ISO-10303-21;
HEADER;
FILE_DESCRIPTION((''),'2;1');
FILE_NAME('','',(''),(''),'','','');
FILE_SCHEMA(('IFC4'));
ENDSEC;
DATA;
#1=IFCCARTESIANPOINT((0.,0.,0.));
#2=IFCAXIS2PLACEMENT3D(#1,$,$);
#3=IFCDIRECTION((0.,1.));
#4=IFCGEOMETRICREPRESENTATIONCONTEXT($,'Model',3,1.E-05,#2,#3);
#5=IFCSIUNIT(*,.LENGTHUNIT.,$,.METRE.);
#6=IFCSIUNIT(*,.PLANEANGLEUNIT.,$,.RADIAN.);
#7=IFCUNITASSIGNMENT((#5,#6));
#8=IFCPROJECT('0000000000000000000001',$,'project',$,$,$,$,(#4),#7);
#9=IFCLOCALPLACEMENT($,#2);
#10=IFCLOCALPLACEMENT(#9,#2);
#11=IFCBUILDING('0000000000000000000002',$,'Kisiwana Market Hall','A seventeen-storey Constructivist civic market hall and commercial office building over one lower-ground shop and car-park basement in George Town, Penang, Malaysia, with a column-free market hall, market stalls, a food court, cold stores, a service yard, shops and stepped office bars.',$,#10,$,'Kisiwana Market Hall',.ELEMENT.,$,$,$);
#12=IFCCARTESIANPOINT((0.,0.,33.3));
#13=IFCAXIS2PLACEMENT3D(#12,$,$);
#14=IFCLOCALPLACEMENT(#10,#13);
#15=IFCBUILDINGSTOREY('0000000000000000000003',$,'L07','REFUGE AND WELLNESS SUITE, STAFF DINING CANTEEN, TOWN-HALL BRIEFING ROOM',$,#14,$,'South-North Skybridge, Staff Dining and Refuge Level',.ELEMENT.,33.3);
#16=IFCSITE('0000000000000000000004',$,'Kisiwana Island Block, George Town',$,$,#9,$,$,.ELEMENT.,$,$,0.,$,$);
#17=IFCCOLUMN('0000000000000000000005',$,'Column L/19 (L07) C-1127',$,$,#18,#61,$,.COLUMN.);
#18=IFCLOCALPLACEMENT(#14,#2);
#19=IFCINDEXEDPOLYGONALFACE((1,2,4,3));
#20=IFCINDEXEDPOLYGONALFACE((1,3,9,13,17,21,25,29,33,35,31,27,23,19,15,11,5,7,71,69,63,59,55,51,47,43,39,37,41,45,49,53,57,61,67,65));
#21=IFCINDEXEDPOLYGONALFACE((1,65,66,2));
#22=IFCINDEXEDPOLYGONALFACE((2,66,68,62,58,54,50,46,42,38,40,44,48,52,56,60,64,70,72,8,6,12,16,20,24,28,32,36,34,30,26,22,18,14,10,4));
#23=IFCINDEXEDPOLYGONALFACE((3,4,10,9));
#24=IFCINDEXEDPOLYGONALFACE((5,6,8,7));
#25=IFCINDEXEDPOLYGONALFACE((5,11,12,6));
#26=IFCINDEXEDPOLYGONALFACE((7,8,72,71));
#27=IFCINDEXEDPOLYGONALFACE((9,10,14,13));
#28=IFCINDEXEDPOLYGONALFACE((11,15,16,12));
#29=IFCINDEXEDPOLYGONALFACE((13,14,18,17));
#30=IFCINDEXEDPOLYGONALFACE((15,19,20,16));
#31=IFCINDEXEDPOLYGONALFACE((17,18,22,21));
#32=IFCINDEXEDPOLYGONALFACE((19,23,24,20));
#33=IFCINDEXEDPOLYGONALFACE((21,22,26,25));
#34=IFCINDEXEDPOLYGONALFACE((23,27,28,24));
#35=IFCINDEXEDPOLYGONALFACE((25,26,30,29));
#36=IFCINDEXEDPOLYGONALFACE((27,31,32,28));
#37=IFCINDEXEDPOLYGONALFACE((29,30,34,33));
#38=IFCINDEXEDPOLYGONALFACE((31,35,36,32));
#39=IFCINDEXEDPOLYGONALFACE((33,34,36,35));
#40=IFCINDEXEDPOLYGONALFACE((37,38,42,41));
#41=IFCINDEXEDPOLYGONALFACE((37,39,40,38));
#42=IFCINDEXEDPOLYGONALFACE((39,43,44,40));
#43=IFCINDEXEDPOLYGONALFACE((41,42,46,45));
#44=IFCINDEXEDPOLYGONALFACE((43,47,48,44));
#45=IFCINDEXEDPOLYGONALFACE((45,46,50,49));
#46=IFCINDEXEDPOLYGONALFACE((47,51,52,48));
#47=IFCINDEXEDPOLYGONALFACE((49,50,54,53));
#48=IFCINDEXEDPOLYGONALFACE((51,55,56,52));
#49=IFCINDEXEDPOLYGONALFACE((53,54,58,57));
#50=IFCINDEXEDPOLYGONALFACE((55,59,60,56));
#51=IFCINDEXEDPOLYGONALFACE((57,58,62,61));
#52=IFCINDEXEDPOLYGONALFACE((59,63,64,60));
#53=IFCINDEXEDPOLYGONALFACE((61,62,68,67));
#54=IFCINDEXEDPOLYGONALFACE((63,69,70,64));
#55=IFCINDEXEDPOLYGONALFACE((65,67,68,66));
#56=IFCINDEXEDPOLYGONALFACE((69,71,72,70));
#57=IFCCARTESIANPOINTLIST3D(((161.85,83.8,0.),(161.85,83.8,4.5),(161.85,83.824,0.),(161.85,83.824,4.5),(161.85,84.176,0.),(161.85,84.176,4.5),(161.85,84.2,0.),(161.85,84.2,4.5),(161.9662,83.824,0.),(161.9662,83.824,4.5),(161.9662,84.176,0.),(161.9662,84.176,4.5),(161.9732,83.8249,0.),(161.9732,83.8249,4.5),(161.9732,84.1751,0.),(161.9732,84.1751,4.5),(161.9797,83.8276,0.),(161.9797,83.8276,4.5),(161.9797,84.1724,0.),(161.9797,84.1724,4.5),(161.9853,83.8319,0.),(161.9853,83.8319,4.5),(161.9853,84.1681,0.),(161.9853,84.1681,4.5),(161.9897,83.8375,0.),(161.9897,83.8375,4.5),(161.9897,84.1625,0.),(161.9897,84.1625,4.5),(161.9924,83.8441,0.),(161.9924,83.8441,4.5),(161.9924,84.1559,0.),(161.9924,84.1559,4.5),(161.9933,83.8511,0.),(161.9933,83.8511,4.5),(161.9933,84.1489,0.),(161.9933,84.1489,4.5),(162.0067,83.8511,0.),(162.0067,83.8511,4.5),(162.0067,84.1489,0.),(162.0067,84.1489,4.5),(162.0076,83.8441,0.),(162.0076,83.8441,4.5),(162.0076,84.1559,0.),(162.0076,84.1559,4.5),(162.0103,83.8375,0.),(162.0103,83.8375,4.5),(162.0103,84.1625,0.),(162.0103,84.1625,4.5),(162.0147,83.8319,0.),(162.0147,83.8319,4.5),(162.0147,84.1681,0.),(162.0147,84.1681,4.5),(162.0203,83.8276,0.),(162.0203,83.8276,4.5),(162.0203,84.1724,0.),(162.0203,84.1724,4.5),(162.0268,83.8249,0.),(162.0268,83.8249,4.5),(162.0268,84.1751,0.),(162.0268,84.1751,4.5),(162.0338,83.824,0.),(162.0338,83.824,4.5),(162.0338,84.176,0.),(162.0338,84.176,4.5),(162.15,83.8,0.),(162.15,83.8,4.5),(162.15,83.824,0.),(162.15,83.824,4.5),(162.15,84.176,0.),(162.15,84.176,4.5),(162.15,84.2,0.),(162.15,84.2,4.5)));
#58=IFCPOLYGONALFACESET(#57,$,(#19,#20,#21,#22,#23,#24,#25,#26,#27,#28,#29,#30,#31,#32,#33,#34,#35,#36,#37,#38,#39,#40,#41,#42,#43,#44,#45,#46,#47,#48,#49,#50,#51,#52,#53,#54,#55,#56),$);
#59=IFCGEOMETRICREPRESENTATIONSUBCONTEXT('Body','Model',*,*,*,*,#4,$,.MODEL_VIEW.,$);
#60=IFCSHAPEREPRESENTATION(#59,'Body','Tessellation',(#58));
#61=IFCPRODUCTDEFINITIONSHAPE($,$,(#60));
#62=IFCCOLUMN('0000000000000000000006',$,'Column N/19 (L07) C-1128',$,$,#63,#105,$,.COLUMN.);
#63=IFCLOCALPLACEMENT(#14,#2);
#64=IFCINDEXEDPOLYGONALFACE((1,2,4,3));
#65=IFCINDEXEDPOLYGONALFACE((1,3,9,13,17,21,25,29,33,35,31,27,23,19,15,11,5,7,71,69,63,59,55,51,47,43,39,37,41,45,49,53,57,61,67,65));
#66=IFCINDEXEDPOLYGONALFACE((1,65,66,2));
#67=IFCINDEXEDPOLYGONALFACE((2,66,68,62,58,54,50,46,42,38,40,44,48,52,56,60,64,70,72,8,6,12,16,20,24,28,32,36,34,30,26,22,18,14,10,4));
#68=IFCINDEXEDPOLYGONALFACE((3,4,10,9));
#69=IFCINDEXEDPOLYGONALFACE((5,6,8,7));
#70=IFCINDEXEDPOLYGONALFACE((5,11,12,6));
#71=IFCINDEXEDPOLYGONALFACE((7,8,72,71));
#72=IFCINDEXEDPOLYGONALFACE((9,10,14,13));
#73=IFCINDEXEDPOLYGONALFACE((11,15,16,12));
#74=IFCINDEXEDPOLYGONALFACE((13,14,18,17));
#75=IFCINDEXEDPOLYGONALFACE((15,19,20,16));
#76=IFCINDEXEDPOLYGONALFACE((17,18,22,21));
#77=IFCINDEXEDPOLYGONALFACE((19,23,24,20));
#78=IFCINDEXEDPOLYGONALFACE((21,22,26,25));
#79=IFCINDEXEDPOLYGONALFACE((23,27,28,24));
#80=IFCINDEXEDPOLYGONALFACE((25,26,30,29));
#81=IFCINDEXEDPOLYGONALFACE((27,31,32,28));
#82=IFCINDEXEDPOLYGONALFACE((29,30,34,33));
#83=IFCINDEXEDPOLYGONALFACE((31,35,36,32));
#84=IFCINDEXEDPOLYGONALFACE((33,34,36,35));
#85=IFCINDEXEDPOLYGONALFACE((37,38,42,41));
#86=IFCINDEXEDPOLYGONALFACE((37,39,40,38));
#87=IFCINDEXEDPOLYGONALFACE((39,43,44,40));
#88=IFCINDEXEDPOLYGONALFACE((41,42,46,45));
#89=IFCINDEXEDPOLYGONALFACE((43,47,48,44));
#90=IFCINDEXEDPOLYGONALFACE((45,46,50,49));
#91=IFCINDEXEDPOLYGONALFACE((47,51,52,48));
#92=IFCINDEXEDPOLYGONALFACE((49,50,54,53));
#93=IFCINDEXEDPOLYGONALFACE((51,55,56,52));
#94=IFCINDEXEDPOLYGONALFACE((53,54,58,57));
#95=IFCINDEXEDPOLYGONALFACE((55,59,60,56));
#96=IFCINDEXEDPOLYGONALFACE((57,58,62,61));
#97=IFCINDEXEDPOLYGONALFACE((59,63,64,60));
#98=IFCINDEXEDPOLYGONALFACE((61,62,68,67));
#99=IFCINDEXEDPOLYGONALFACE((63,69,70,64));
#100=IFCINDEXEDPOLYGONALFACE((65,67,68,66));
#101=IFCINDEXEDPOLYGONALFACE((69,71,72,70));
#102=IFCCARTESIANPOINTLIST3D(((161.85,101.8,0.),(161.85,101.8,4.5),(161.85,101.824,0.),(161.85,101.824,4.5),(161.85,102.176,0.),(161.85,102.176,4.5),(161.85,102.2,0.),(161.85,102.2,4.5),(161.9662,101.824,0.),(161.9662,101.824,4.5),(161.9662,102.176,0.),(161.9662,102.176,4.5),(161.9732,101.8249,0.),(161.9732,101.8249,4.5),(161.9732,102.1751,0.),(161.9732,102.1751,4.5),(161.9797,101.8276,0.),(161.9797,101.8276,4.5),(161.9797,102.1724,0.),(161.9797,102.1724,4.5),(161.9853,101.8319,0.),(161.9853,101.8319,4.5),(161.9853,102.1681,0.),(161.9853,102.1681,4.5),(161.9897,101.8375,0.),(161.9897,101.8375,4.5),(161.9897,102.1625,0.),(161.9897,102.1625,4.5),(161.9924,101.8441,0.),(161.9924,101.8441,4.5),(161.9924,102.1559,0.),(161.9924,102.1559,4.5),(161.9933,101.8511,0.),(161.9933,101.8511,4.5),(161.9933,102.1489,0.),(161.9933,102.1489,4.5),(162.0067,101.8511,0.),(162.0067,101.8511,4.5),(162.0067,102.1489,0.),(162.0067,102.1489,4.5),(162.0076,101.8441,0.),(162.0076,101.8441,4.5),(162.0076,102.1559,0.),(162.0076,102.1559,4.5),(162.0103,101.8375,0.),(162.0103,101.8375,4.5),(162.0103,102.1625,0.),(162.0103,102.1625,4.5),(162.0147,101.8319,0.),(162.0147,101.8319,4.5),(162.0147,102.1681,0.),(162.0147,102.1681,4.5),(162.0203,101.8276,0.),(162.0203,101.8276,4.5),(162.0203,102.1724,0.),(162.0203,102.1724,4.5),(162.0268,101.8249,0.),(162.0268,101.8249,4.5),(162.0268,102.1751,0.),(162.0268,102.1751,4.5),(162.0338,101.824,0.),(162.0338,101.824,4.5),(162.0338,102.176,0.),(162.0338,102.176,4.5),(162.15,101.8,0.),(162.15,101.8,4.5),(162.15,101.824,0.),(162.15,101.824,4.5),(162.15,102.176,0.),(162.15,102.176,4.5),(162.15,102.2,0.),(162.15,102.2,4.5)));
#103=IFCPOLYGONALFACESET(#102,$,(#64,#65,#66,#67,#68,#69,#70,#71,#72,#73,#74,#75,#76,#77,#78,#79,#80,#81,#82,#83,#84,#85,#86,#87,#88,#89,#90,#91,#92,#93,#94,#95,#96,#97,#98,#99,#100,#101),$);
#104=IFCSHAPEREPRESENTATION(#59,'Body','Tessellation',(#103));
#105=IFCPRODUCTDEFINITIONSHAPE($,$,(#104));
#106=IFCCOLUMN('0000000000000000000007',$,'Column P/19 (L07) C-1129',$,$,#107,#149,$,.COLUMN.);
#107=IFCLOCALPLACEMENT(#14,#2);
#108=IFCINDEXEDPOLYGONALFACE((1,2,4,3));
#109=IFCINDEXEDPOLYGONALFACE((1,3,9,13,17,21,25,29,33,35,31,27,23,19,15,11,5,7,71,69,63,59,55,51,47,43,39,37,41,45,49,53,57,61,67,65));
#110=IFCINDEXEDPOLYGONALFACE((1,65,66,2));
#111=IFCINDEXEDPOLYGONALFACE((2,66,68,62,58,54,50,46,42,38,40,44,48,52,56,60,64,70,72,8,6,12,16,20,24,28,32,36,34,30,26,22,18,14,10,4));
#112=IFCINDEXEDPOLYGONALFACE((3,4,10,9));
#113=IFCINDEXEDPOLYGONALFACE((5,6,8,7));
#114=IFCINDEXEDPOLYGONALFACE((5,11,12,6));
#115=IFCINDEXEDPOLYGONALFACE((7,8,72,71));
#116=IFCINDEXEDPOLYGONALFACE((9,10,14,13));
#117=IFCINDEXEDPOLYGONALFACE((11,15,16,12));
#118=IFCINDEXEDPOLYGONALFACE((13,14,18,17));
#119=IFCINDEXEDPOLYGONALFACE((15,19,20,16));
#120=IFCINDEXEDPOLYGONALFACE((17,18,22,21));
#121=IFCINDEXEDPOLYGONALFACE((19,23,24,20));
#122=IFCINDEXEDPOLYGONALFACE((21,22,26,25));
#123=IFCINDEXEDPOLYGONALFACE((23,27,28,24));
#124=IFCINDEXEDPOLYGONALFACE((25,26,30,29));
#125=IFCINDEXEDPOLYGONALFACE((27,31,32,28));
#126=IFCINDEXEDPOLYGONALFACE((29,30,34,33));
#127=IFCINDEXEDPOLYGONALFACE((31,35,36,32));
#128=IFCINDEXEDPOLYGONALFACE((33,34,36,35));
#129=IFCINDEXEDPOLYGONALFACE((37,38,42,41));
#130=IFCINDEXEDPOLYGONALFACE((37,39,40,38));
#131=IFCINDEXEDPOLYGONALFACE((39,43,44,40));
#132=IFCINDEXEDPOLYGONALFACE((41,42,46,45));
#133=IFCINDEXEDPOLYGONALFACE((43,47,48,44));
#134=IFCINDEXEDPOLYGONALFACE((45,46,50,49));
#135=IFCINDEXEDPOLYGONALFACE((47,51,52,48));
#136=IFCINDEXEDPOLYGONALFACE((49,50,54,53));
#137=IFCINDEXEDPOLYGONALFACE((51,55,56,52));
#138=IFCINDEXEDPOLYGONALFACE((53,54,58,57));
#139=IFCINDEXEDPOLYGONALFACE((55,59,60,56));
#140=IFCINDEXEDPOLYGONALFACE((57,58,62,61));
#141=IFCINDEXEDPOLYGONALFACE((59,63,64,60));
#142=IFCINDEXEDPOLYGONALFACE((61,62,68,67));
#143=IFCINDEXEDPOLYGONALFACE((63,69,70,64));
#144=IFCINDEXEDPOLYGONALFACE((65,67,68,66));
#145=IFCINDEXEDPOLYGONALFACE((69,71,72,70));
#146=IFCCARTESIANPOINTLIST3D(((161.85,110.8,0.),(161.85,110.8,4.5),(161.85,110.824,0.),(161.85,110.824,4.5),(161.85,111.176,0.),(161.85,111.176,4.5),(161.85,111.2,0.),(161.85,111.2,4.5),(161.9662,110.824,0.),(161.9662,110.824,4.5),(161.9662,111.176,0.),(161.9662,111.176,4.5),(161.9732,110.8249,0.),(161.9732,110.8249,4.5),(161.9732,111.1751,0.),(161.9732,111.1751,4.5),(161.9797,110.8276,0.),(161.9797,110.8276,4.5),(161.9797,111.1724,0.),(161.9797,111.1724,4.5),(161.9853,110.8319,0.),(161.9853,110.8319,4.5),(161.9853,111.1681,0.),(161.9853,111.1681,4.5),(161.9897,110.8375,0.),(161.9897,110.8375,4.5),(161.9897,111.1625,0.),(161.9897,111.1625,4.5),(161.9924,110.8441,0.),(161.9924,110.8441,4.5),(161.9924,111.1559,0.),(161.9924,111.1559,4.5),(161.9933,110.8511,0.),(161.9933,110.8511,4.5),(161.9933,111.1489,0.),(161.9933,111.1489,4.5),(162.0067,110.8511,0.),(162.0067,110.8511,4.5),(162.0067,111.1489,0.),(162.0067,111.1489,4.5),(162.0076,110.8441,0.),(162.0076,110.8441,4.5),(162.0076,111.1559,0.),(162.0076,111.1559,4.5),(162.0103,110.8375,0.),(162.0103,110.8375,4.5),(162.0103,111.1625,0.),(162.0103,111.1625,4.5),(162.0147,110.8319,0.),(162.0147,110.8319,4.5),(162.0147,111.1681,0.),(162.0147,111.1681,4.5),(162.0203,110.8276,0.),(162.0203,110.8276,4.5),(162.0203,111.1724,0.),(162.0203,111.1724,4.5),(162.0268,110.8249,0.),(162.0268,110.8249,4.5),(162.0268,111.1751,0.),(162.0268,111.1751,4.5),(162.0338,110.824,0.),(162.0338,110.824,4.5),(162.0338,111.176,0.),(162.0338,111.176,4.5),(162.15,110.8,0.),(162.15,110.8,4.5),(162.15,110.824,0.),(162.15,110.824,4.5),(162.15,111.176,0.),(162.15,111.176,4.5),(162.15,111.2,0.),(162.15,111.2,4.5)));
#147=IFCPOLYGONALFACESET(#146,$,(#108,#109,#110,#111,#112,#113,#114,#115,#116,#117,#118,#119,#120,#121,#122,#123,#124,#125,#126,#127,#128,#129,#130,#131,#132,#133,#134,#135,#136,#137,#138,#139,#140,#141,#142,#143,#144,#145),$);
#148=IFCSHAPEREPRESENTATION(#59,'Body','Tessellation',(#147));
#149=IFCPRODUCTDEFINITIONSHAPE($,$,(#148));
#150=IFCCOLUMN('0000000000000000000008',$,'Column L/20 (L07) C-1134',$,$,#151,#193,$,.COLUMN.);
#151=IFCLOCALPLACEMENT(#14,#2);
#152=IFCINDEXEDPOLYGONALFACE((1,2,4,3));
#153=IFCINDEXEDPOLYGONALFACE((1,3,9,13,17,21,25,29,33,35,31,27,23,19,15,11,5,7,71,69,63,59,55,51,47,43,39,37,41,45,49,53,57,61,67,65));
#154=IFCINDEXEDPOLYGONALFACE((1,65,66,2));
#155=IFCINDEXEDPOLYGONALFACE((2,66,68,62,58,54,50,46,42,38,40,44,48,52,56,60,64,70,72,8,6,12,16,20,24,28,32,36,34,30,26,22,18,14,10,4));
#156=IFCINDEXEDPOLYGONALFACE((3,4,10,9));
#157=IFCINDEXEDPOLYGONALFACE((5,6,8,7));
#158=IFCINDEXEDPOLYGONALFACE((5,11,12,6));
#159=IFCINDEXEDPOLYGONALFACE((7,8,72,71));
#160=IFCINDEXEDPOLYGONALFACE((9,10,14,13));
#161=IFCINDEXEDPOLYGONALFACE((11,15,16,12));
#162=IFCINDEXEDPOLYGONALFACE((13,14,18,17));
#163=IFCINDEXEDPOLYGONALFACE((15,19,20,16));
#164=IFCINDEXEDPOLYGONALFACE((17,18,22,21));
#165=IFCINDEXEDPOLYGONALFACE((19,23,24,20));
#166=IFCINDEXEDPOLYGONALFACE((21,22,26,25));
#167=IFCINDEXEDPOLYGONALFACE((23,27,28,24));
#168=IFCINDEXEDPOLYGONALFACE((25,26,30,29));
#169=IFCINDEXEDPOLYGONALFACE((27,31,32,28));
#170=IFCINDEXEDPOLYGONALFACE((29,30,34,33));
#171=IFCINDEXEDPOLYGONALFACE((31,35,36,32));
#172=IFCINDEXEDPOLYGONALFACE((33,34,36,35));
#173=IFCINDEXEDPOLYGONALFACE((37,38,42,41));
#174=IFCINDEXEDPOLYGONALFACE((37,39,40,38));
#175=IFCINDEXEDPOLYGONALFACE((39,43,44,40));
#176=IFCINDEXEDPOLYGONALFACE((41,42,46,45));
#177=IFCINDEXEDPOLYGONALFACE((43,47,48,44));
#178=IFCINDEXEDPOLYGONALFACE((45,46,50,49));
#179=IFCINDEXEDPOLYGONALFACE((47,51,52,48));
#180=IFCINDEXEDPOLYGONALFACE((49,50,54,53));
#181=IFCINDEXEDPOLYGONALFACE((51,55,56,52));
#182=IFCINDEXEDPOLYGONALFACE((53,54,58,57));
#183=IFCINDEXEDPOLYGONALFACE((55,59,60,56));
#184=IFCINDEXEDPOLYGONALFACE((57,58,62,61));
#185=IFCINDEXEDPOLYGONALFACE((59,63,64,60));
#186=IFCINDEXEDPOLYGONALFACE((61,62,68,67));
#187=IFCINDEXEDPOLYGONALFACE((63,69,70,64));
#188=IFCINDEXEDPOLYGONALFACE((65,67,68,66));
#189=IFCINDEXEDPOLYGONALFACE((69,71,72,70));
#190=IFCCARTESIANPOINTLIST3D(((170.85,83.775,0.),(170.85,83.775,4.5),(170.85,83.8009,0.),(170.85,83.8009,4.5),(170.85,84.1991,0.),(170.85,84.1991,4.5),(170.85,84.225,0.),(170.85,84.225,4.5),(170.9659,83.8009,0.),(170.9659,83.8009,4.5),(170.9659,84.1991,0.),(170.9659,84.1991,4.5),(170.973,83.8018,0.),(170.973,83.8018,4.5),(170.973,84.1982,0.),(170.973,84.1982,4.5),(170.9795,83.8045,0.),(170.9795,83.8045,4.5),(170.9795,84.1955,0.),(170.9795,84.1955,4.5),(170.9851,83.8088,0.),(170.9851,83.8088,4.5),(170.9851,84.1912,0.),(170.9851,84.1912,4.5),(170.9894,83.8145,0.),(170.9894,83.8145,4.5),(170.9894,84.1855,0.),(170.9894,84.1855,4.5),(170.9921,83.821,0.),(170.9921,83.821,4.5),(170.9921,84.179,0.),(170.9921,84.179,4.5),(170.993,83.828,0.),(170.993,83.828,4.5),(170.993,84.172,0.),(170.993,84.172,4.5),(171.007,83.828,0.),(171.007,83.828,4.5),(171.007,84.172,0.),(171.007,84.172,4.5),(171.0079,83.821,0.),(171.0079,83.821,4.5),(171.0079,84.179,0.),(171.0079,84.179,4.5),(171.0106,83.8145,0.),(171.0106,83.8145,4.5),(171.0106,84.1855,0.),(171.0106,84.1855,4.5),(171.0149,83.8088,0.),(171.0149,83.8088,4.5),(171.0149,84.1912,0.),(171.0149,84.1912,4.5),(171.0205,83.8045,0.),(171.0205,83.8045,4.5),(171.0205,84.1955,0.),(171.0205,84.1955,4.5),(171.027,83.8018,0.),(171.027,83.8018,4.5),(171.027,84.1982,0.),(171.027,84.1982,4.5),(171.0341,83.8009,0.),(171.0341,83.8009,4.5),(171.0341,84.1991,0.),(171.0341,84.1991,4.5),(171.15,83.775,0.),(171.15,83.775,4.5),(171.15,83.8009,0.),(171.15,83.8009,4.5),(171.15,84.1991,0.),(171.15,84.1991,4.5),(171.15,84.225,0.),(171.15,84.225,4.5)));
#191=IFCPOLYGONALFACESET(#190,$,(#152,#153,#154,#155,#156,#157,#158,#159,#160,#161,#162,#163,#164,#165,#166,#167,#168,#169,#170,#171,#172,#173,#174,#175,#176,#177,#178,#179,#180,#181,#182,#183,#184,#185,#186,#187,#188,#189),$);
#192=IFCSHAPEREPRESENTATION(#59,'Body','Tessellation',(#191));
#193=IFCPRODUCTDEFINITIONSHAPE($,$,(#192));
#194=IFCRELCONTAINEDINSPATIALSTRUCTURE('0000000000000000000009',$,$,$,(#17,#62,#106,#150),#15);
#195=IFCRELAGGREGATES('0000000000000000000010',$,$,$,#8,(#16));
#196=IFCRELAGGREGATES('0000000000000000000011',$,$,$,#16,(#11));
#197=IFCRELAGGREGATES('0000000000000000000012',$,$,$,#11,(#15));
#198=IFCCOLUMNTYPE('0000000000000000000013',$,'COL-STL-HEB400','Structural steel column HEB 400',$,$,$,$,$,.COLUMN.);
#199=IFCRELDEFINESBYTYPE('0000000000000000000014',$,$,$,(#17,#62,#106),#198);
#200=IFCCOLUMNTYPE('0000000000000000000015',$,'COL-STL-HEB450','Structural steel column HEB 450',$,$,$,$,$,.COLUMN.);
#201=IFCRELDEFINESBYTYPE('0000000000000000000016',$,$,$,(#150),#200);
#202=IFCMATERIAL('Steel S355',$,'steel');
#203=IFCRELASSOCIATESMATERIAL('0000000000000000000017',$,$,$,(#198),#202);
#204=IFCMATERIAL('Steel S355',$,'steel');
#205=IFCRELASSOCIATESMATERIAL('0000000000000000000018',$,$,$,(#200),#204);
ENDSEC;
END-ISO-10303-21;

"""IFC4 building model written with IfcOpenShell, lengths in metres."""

from ifc_helpers import new_model, si_unit, direction, frame, origin, origin_2d, place, context, subcontext, project, spatial, i_section, extrude, material, material_profile, profile_set, type_object, element, save


model = new_model("IFC4")

# Units and contexts
model_context = context("Model", 3, precision=1e-05, world=origin(), true_north=direction((0.0, 1.0)))
body_context = subcontext(model_context, "Body", "Model", "MODEL_VIEW")
ifc_project = project(units=[si_unit("LENGTHUNIT", "METRE"), si_unit("PLANEANGLEUNIT", "RADIAN")], contexts=[model_context])

# Site, building, storey
site_placement = place(None, origin())
site = spatial("IfcSite", under=ifc_project, at=site_placement, Name="Kisiwana Island Block, George Town", CompositionType="ELEMENT", RefElevation=0.0)
building_placement = place(site_placement, origin())
building = spatial("IfcBuilding", under=site, at=building_placement, Name="Kisiwana Market Hall", Description="A seventeen-storey Constructivist civic market hall and commercial office building over one lower-ground shop and car-park basement in George Town, Penang, Malaysia, with a column-free market hall, market stalls, a food court, cold stores, a service yard, shops and stepped office bars.", LongName="Kisiwana Market Hall", CompositionType="ELEMENT")
storey_placement = place(building_placement, frame((0.0, 0.0, 33.3)))
storey = spatial("IfcBuildingStorey", under=building, at=storey_placement, Name="L07", Description="REFUGE AND WELLNESS SUITE, STAFF DINING CANTEEN, TOWN-HALL BRIEFING ROOM", LongName="South-North Skybridge, Staff Dining and Refuge Level", CompositionType="ELEMENT", Elevation=33.3)

# Columns
ifc_material_1 = material(Name="Steel S355", Category="steel")
ifc_material_profile_1 = material_profile(ifc_material_1, i_section(OverallWidth=0.3, OverallDepth=0.3999, WebThickness=0.0134, FlangeThickness=0.0239, FilletRadius=0.0271, at=origin_2d()), Name="HEB 400")
ifc_profile_set_1 = profile_set([ifc_material_profile_1], Name="Steel S355")
column_type_1 = type_object("IfcColumnType", Name="COL-STL-HEB400", Description="Structural steel column HEB 400", PredefinedType="COLUMN", material=ifc_profile_set_1)
for number, where, z_axis, x_axis, name in (
    (1, (162.0, 84.0, 0.0), (0.0, 0.0, 1.0), (1.0, 0.0, 0.0), "Column L/19 (L07) C-1127"),
    (2, (162.0, 102.0, 0.0), (0.0, 0.0, 1.0), (1.0, 0.0, 0.0), "Column N/19 (L07) C-1128"),
    (3, (162.0, 111.0, 0.0), (0.0, 0.0, 1.0), (1.0, 0.0, 0.0), "Column P/19 (L07) C-1129"),
):
    element("IfcColumn", number, at=place(storey_placement, frame(where, z_axis=z_axis, x_axis=x_axis)), inside=storey, type_object=column_type_1, Name=name, PredefinedType="COLUMN", context=body_context, shape_type="SweptSolid", body=[
        extrude(i_section(OverallWidth=0.3, OverallDepth=0.3999, WebThickness=0.0134, FlangeThickness=0.0239, FilletRadius=0.0271, at=origin_2d()), origin(), (0.0, 0.0, 1.0), 4.5),
    ])
ifc_material_2 = material(Name="Steel S355", Category="steel")
ifc_material_profile_2 = material_profile(ifc_material_2, i_section(OverallWidth=0.3, OverallDepth=0.45, WebThickness=0.0139, FlangeThickness=0.0259, FilletRadius=0.0271, at=origin_2d()), Name="HEB 450")
ifc_profile_set_2 = profile_set([ifc_material_profile_2], Name="Steel S355")
column_type_2 = type_object("IfcColumnType", Name="COL-STL-HEB450", Description="Structural steel column HEB 450", PredefinedType="COLUMN", material=ifc_profile_set_2)
for number, where, z_axis, x_axis, name in (
    (4, (171.0, 84.0, 0.0), (0.0, 0.0, 1.0), (1.0, 0.0, 0.0), "Column L/20 (L07) C-1134"),
):
    element("IfcColumn", number, at=place(storey_placement, frame(where, z_axis=z_axis, x_axis=x_axis)), inside=storey, type_object=column_type_2, Name=name, PredefinedType="COLUMN", context=body_context, shape_type="SweptSolid", body=[
        extrude(i_section(OverallWidth=0.3, OverallDepth=0.45, WebThickness=0.0139, FlangeThickness=0.0259, FilletRadius=0.0271, at=origin_2d()), origin(), (0.0, 0.0, 1.0), 4.5),
    ])

save(model, "model.ifc")
